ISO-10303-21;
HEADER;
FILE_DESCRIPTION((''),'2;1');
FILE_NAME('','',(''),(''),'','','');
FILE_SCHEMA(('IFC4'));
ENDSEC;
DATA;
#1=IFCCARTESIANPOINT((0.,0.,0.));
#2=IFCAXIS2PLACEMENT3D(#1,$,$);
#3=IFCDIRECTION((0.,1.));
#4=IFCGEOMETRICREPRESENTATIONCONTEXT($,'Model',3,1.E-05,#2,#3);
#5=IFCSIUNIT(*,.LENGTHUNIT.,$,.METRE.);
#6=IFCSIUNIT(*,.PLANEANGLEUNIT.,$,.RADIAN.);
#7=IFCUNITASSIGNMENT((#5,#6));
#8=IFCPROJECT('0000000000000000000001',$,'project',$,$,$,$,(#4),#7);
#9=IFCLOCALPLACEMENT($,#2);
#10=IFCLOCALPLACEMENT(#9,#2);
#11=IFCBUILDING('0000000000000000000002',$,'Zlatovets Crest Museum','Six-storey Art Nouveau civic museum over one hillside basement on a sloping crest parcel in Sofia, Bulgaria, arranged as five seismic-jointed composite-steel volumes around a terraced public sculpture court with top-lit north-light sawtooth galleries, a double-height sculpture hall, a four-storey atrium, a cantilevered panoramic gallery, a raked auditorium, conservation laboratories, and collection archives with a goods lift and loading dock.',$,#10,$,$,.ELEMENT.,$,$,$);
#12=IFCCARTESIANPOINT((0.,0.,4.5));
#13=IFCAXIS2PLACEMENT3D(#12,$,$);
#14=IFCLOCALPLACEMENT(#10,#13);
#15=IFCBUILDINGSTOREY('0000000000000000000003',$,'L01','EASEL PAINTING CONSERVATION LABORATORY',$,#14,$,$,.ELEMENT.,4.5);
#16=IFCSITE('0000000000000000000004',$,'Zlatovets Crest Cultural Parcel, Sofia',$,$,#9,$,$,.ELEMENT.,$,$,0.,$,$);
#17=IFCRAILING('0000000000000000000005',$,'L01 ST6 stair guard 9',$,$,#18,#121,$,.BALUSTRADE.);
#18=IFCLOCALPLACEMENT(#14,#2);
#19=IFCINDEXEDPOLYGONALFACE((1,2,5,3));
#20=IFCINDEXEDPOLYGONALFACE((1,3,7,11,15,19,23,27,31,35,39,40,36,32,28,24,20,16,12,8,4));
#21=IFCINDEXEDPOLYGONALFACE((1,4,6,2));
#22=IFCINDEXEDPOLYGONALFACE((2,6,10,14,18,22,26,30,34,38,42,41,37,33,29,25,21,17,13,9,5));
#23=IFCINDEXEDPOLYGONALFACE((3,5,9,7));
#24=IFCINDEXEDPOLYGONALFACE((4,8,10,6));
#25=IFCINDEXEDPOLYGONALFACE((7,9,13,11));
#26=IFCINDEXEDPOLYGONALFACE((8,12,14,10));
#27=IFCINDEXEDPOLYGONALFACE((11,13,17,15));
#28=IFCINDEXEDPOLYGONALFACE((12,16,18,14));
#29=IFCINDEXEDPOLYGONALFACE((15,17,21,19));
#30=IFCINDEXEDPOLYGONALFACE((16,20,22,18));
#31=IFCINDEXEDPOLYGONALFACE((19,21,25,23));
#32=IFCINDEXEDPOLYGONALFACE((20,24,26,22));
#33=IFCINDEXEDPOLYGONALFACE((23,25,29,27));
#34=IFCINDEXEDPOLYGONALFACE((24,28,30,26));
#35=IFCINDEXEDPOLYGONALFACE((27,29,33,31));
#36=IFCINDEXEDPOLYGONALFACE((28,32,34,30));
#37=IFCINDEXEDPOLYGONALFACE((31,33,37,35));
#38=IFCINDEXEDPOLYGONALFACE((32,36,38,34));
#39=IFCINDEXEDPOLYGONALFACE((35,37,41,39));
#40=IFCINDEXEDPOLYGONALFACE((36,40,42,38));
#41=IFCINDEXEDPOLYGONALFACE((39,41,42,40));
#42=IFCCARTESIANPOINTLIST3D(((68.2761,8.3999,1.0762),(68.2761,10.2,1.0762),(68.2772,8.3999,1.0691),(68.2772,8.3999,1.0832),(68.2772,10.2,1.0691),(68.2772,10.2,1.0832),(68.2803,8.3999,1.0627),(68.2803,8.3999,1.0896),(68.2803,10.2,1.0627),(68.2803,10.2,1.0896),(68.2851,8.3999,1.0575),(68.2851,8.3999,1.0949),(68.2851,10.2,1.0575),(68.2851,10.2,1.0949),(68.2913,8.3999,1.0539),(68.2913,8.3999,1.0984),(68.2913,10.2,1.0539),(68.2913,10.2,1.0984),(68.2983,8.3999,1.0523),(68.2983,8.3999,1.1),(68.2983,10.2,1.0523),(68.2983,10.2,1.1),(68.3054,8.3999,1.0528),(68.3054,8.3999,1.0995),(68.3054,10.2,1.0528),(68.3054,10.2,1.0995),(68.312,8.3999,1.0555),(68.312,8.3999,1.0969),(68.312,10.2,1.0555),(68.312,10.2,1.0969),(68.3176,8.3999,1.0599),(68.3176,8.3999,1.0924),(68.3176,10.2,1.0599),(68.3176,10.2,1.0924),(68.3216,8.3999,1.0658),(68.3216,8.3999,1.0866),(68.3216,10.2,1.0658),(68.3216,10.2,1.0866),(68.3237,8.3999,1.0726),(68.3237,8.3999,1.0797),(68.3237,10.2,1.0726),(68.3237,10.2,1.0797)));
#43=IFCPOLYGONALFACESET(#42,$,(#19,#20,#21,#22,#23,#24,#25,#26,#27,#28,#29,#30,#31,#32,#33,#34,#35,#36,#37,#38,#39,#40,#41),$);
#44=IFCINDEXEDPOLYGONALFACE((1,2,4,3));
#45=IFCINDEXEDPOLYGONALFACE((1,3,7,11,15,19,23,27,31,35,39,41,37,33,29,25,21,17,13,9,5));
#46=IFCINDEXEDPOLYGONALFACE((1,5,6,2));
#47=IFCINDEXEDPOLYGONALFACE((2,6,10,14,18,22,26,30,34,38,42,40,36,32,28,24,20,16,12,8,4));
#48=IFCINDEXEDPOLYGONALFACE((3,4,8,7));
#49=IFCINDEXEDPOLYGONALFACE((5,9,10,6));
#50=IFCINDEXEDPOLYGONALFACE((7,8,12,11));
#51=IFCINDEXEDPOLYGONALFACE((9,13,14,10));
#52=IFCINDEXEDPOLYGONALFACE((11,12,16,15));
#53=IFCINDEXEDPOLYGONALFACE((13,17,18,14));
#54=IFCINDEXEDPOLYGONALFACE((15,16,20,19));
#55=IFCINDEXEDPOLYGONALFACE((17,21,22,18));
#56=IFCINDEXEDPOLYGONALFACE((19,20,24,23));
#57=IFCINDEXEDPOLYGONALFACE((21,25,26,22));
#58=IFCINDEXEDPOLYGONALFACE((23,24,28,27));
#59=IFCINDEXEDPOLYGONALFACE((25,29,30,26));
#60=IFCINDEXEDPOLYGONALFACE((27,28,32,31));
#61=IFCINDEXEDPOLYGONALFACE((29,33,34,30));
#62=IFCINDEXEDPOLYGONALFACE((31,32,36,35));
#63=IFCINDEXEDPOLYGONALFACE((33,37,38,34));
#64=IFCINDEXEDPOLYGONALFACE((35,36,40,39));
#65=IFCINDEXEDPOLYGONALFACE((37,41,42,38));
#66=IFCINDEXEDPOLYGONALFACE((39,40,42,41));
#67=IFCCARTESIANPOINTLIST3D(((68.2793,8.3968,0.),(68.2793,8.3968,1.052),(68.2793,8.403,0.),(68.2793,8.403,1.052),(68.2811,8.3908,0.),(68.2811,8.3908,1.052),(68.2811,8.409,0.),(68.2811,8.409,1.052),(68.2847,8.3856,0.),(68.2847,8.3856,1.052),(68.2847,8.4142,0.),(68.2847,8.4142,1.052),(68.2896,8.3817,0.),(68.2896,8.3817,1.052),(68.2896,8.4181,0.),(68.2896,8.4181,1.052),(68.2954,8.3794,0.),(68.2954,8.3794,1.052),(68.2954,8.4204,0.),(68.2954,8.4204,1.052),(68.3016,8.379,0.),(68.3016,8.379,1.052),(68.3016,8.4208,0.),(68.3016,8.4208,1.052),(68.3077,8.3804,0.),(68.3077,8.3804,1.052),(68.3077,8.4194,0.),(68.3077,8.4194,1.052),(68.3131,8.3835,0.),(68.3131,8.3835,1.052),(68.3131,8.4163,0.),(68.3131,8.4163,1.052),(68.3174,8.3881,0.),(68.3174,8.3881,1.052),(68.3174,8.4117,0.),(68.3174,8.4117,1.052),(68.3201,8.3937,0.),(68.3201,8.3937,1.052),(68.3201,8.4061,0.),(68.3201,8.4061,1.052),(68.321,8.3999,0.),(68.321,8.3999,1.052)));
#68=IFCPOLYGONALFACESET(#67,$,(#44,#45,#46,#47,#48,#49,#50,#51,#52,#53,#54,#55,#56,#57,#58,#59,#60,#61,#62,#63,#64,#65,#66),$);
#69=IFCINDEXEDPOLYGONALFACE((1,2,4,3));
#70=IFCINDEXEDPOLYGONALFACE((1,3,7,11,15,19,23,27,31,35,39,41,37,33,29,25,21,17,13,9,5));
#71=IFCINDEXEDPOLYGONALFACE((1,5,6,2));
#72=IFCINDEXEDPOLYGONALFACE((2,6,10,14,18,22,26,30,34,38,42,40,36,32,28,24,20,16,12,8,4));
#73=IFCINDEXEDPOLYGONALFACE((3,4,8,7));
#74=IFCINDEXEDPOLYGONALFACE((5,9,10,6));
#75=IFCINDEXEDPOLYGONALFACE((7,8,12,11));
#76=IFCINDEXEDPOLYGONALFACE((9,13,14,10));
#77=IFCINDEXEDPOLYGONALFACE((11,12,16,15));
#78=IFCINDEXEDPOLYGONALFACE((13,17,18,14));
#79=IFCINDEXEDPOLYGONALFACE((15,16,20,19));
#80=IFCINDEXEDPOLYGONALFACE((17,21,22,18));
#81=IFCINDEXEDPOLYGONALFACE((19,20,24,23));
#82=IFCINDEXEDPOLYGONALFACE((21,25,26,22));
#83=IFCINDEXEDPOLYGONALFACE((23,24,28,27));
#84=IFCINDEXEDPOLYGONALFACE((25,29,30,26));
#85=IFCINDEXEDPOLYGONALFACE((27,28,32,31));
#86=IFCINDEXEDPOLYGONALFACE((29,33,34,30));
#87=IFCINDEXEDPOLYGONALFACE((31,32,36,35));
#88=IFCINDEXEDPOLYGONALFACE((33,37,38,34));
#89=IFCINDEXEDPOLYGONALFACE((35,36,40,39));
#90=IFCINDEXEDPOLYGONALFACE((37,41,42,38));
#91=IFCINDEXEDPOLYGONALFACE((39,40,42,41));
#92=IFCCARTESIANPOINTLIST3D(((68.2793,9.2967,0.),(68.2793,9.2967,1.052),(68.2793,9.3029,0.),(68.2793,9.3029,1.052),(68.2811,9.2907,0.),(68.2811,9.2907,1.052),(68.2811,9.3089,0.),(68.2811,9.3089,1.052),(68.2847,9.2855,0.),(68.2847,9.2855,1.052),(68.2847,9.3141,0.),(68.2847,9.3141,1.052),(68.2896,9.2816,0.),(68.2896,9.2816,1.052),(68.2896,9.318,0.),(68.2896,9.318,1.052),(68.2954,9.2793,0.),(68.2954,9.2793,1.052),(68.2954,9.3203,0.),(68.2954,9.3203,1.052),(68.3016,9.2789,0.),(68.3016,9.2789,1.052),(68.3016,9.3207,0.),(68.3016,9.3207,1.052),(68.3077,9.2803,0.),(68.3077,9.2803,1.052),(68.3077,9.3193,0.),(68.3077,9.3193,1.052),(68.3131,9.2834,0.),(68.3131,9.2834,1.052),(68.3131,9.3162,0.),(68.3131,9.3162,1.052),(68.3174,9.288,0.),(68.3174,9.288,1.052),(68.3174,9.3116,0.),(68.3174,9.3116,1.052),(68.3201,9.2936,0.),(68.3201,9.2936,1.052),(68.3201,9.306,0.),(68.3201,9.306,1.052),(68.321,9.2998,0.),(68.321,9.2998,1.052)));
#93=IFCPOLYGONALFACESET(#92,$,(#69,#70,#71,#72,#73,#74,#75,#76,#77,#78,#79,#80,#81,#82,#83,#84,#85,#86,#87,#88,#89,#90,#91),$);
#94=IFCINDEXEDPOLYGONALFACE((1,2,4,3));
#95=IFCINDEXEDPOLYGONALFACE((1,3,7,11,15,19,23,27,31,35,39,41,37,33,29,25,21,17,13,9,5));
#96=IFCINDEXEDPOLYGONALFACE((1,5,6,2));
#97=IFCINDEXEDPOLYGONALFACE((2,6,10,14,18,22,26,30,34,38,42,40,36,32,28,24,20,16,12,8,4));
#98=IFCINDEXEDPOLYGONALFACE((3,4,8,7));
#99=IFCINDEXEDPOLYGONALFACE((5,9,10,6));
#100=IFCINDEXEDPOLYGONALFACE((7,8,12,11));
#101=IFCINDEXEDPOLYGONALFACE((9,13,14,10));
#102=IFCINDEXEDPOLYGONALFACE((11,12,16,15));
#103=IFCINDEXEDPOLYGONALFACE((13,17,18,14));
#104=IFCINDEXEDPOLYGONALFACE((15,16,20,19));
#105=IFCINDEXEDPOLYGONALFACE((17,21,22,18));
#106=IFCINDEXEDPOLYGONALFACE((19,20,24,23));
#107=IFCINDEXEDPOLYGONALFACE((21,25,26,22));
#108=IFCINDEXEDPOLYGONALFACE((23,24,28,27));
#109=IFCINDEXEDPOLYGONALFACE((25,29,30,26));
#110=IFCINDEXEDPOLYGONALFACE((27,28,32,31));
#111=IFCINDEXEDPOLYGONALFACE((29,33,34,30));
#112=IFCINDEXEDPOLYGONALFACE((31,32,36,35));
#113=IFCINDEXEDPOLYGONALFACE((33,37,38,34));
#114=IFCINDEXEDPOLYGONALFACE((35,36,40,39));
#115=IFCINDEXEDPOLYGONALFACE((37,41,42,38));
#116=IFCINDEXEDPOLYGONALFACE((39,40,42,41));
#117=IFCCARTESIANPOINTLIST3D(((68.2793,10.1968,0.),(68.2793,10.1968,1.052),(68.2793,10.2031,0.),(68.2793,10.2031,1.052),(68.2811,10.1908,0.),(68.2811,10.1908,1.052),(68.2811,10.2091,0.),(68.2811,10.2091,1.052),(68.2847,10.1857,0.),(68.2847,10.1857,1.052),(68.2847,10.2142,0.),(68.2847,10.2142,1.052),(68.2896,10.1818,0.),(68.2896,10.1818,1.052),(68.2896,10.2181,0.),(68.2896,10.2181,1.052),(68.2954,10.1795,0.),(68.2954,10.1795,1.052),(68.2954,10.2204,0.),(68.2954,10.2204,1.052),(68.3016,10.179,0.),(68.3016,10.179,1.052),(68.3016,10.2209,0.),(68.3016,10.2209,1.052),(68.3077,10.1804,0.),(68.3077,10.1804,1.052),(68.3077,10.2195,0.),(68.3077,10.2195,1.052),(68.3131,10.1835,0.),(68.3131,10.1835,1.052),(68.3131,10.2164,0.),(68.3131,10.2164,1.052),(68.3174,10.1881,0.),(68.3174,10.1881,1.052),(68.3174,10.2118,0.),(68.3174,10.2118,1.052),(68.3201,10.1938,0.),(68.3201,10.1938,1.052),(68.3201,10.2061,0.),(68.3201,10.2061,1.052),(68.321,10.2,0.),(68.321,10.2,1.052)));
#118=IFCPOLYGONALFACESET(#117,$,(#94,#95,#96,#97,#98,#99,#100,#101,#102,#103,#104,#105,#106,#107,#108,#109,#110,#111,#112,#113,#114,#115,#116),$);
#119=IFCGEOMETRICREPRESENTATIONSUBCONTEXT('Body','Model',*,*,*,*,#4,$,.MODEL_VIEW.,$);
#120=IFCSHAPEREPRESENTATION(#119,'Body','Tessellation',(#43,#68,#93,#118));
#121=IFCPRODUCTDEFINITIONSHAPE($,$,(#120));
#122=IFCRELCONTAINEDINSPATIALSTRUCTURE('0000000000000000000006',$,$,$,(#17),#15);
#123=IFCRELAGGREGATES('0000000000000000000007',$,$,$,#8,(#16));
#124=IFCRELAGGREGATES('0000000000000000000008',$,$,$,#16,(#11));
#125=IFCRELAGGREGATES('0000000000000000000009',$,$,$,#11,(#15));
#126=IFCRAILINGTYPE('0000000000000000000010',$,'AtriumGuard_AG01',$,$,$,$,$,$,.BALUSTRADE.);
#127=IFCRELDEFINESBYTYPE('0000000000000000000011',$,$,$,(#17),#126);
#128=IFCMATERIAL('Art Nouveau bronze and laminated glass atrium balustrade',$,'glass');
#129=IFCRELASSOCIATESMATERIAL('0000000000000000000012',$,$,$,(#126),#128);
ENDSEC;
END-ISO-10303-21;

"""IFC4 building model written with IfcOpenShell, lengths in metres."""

from ifc_helpers import new_model, si_unit, direction, frame, origin, origin_2d, place, context, subcontext, project, spatial, circle, extrude, material, type_object, element, save


model = new_model("IFC4")

# Units and contexts
model_context = context("Model", 3, precision=1e-05, world=origin(), true_north=direction((0.0, 1.0)))
body_context = subcontext(model_context, "Body", "Model", "MODEL_VIEW")
ifc_project = project(units=[si_unit("LENGTHUNIT", "METRE"), si_unit("PLANEANGLEUNIT", "RADIAN")], contexts=[model_context])

# Site, building, storey
site_placement = place(None, origin())
site = spatial("IfcSite", under=ifc_project, at=site_placement, Name="Zlatovets Crest Cultural Parcel, Sofia", CompositionType="ELEMENT", RefElevation=0.0)
building_placement = place(site_placement, origin())
building = spatial("IfcBuilding", under=site, at=building_placement, Name="Zlatovets Crest Museum", Description="Six-storey Art Nouveau civic museum over one hillside basement on a sloping crest parcel in Sofia, Bulgaria, arranged as five seismic-jointed composite-steel volumes around a terraced public sculpture court with top-lit north-light sawtooth galleries, a double-height sculpture hall, a four-storey atrium, a cantilevered panoramic gallery, a raked auditorium, conservation laboratories, and collection archives with a goods lift and loading dock.", CompositionType="ELEMENT")
storey_placement = place(building_placement, frame((0.0, 0.0, 4.5)))
storey = spatial("IfcBuildingStorey", under=building, at=storey_placement, Name="L01", Description="EASEL PAINTING CONSERVATION LABORATORY", CompositionType="ELEMENT", Elevation=4.5)

# Railing
ifc_material_1 = material(Name="Art Nouveau bronze and laminated glass atrium balustrade", Category="glass")
railing_type_1 = type_object("IfcRailingType", Name="AtriumGuard_AG01", PredefinedType="BALUSTRADE", material=ifc_material_1)
railing_1_placement = place(storey_placement, frame((68.3, 8.3999, 0.0)))
element("IfcRailing", 1, at=railing_1_placement, inside=storey, type_object=railing_type_1, Name="L01 ST6 stair guard 9", PredefinedType="BALUSTRADE", context=body_context, shape_type="SweptSolid", body=[
    extrude(circle(Radius=0.0239, at=origin_2d()), frame((0.0, 0.0, 1.0762), z_axis=(0.0, 1.0, 0.0), x_axis=(-1.0, 0.0, 0.0)), (0.0, 0.0, 1.0), 1.8),
    extrude(circle(Radius=0.021, at=origin_2d()), origin(), (0.0, 0.0, 1.0), 1.052),
    extrude(circle(Radius=0.021, at=origin_2d()), frame((0.0, 0.8999, 0.0)), (0.0, 0.0, 1.0), 1.052),
    extrude(circle(Radius=0.021, at=origin_2d()), frame((0.0, 1.8, 0.0)), (0.0, 0.0, 1.0), 1.052),
])

save(model, "model.ifc")
